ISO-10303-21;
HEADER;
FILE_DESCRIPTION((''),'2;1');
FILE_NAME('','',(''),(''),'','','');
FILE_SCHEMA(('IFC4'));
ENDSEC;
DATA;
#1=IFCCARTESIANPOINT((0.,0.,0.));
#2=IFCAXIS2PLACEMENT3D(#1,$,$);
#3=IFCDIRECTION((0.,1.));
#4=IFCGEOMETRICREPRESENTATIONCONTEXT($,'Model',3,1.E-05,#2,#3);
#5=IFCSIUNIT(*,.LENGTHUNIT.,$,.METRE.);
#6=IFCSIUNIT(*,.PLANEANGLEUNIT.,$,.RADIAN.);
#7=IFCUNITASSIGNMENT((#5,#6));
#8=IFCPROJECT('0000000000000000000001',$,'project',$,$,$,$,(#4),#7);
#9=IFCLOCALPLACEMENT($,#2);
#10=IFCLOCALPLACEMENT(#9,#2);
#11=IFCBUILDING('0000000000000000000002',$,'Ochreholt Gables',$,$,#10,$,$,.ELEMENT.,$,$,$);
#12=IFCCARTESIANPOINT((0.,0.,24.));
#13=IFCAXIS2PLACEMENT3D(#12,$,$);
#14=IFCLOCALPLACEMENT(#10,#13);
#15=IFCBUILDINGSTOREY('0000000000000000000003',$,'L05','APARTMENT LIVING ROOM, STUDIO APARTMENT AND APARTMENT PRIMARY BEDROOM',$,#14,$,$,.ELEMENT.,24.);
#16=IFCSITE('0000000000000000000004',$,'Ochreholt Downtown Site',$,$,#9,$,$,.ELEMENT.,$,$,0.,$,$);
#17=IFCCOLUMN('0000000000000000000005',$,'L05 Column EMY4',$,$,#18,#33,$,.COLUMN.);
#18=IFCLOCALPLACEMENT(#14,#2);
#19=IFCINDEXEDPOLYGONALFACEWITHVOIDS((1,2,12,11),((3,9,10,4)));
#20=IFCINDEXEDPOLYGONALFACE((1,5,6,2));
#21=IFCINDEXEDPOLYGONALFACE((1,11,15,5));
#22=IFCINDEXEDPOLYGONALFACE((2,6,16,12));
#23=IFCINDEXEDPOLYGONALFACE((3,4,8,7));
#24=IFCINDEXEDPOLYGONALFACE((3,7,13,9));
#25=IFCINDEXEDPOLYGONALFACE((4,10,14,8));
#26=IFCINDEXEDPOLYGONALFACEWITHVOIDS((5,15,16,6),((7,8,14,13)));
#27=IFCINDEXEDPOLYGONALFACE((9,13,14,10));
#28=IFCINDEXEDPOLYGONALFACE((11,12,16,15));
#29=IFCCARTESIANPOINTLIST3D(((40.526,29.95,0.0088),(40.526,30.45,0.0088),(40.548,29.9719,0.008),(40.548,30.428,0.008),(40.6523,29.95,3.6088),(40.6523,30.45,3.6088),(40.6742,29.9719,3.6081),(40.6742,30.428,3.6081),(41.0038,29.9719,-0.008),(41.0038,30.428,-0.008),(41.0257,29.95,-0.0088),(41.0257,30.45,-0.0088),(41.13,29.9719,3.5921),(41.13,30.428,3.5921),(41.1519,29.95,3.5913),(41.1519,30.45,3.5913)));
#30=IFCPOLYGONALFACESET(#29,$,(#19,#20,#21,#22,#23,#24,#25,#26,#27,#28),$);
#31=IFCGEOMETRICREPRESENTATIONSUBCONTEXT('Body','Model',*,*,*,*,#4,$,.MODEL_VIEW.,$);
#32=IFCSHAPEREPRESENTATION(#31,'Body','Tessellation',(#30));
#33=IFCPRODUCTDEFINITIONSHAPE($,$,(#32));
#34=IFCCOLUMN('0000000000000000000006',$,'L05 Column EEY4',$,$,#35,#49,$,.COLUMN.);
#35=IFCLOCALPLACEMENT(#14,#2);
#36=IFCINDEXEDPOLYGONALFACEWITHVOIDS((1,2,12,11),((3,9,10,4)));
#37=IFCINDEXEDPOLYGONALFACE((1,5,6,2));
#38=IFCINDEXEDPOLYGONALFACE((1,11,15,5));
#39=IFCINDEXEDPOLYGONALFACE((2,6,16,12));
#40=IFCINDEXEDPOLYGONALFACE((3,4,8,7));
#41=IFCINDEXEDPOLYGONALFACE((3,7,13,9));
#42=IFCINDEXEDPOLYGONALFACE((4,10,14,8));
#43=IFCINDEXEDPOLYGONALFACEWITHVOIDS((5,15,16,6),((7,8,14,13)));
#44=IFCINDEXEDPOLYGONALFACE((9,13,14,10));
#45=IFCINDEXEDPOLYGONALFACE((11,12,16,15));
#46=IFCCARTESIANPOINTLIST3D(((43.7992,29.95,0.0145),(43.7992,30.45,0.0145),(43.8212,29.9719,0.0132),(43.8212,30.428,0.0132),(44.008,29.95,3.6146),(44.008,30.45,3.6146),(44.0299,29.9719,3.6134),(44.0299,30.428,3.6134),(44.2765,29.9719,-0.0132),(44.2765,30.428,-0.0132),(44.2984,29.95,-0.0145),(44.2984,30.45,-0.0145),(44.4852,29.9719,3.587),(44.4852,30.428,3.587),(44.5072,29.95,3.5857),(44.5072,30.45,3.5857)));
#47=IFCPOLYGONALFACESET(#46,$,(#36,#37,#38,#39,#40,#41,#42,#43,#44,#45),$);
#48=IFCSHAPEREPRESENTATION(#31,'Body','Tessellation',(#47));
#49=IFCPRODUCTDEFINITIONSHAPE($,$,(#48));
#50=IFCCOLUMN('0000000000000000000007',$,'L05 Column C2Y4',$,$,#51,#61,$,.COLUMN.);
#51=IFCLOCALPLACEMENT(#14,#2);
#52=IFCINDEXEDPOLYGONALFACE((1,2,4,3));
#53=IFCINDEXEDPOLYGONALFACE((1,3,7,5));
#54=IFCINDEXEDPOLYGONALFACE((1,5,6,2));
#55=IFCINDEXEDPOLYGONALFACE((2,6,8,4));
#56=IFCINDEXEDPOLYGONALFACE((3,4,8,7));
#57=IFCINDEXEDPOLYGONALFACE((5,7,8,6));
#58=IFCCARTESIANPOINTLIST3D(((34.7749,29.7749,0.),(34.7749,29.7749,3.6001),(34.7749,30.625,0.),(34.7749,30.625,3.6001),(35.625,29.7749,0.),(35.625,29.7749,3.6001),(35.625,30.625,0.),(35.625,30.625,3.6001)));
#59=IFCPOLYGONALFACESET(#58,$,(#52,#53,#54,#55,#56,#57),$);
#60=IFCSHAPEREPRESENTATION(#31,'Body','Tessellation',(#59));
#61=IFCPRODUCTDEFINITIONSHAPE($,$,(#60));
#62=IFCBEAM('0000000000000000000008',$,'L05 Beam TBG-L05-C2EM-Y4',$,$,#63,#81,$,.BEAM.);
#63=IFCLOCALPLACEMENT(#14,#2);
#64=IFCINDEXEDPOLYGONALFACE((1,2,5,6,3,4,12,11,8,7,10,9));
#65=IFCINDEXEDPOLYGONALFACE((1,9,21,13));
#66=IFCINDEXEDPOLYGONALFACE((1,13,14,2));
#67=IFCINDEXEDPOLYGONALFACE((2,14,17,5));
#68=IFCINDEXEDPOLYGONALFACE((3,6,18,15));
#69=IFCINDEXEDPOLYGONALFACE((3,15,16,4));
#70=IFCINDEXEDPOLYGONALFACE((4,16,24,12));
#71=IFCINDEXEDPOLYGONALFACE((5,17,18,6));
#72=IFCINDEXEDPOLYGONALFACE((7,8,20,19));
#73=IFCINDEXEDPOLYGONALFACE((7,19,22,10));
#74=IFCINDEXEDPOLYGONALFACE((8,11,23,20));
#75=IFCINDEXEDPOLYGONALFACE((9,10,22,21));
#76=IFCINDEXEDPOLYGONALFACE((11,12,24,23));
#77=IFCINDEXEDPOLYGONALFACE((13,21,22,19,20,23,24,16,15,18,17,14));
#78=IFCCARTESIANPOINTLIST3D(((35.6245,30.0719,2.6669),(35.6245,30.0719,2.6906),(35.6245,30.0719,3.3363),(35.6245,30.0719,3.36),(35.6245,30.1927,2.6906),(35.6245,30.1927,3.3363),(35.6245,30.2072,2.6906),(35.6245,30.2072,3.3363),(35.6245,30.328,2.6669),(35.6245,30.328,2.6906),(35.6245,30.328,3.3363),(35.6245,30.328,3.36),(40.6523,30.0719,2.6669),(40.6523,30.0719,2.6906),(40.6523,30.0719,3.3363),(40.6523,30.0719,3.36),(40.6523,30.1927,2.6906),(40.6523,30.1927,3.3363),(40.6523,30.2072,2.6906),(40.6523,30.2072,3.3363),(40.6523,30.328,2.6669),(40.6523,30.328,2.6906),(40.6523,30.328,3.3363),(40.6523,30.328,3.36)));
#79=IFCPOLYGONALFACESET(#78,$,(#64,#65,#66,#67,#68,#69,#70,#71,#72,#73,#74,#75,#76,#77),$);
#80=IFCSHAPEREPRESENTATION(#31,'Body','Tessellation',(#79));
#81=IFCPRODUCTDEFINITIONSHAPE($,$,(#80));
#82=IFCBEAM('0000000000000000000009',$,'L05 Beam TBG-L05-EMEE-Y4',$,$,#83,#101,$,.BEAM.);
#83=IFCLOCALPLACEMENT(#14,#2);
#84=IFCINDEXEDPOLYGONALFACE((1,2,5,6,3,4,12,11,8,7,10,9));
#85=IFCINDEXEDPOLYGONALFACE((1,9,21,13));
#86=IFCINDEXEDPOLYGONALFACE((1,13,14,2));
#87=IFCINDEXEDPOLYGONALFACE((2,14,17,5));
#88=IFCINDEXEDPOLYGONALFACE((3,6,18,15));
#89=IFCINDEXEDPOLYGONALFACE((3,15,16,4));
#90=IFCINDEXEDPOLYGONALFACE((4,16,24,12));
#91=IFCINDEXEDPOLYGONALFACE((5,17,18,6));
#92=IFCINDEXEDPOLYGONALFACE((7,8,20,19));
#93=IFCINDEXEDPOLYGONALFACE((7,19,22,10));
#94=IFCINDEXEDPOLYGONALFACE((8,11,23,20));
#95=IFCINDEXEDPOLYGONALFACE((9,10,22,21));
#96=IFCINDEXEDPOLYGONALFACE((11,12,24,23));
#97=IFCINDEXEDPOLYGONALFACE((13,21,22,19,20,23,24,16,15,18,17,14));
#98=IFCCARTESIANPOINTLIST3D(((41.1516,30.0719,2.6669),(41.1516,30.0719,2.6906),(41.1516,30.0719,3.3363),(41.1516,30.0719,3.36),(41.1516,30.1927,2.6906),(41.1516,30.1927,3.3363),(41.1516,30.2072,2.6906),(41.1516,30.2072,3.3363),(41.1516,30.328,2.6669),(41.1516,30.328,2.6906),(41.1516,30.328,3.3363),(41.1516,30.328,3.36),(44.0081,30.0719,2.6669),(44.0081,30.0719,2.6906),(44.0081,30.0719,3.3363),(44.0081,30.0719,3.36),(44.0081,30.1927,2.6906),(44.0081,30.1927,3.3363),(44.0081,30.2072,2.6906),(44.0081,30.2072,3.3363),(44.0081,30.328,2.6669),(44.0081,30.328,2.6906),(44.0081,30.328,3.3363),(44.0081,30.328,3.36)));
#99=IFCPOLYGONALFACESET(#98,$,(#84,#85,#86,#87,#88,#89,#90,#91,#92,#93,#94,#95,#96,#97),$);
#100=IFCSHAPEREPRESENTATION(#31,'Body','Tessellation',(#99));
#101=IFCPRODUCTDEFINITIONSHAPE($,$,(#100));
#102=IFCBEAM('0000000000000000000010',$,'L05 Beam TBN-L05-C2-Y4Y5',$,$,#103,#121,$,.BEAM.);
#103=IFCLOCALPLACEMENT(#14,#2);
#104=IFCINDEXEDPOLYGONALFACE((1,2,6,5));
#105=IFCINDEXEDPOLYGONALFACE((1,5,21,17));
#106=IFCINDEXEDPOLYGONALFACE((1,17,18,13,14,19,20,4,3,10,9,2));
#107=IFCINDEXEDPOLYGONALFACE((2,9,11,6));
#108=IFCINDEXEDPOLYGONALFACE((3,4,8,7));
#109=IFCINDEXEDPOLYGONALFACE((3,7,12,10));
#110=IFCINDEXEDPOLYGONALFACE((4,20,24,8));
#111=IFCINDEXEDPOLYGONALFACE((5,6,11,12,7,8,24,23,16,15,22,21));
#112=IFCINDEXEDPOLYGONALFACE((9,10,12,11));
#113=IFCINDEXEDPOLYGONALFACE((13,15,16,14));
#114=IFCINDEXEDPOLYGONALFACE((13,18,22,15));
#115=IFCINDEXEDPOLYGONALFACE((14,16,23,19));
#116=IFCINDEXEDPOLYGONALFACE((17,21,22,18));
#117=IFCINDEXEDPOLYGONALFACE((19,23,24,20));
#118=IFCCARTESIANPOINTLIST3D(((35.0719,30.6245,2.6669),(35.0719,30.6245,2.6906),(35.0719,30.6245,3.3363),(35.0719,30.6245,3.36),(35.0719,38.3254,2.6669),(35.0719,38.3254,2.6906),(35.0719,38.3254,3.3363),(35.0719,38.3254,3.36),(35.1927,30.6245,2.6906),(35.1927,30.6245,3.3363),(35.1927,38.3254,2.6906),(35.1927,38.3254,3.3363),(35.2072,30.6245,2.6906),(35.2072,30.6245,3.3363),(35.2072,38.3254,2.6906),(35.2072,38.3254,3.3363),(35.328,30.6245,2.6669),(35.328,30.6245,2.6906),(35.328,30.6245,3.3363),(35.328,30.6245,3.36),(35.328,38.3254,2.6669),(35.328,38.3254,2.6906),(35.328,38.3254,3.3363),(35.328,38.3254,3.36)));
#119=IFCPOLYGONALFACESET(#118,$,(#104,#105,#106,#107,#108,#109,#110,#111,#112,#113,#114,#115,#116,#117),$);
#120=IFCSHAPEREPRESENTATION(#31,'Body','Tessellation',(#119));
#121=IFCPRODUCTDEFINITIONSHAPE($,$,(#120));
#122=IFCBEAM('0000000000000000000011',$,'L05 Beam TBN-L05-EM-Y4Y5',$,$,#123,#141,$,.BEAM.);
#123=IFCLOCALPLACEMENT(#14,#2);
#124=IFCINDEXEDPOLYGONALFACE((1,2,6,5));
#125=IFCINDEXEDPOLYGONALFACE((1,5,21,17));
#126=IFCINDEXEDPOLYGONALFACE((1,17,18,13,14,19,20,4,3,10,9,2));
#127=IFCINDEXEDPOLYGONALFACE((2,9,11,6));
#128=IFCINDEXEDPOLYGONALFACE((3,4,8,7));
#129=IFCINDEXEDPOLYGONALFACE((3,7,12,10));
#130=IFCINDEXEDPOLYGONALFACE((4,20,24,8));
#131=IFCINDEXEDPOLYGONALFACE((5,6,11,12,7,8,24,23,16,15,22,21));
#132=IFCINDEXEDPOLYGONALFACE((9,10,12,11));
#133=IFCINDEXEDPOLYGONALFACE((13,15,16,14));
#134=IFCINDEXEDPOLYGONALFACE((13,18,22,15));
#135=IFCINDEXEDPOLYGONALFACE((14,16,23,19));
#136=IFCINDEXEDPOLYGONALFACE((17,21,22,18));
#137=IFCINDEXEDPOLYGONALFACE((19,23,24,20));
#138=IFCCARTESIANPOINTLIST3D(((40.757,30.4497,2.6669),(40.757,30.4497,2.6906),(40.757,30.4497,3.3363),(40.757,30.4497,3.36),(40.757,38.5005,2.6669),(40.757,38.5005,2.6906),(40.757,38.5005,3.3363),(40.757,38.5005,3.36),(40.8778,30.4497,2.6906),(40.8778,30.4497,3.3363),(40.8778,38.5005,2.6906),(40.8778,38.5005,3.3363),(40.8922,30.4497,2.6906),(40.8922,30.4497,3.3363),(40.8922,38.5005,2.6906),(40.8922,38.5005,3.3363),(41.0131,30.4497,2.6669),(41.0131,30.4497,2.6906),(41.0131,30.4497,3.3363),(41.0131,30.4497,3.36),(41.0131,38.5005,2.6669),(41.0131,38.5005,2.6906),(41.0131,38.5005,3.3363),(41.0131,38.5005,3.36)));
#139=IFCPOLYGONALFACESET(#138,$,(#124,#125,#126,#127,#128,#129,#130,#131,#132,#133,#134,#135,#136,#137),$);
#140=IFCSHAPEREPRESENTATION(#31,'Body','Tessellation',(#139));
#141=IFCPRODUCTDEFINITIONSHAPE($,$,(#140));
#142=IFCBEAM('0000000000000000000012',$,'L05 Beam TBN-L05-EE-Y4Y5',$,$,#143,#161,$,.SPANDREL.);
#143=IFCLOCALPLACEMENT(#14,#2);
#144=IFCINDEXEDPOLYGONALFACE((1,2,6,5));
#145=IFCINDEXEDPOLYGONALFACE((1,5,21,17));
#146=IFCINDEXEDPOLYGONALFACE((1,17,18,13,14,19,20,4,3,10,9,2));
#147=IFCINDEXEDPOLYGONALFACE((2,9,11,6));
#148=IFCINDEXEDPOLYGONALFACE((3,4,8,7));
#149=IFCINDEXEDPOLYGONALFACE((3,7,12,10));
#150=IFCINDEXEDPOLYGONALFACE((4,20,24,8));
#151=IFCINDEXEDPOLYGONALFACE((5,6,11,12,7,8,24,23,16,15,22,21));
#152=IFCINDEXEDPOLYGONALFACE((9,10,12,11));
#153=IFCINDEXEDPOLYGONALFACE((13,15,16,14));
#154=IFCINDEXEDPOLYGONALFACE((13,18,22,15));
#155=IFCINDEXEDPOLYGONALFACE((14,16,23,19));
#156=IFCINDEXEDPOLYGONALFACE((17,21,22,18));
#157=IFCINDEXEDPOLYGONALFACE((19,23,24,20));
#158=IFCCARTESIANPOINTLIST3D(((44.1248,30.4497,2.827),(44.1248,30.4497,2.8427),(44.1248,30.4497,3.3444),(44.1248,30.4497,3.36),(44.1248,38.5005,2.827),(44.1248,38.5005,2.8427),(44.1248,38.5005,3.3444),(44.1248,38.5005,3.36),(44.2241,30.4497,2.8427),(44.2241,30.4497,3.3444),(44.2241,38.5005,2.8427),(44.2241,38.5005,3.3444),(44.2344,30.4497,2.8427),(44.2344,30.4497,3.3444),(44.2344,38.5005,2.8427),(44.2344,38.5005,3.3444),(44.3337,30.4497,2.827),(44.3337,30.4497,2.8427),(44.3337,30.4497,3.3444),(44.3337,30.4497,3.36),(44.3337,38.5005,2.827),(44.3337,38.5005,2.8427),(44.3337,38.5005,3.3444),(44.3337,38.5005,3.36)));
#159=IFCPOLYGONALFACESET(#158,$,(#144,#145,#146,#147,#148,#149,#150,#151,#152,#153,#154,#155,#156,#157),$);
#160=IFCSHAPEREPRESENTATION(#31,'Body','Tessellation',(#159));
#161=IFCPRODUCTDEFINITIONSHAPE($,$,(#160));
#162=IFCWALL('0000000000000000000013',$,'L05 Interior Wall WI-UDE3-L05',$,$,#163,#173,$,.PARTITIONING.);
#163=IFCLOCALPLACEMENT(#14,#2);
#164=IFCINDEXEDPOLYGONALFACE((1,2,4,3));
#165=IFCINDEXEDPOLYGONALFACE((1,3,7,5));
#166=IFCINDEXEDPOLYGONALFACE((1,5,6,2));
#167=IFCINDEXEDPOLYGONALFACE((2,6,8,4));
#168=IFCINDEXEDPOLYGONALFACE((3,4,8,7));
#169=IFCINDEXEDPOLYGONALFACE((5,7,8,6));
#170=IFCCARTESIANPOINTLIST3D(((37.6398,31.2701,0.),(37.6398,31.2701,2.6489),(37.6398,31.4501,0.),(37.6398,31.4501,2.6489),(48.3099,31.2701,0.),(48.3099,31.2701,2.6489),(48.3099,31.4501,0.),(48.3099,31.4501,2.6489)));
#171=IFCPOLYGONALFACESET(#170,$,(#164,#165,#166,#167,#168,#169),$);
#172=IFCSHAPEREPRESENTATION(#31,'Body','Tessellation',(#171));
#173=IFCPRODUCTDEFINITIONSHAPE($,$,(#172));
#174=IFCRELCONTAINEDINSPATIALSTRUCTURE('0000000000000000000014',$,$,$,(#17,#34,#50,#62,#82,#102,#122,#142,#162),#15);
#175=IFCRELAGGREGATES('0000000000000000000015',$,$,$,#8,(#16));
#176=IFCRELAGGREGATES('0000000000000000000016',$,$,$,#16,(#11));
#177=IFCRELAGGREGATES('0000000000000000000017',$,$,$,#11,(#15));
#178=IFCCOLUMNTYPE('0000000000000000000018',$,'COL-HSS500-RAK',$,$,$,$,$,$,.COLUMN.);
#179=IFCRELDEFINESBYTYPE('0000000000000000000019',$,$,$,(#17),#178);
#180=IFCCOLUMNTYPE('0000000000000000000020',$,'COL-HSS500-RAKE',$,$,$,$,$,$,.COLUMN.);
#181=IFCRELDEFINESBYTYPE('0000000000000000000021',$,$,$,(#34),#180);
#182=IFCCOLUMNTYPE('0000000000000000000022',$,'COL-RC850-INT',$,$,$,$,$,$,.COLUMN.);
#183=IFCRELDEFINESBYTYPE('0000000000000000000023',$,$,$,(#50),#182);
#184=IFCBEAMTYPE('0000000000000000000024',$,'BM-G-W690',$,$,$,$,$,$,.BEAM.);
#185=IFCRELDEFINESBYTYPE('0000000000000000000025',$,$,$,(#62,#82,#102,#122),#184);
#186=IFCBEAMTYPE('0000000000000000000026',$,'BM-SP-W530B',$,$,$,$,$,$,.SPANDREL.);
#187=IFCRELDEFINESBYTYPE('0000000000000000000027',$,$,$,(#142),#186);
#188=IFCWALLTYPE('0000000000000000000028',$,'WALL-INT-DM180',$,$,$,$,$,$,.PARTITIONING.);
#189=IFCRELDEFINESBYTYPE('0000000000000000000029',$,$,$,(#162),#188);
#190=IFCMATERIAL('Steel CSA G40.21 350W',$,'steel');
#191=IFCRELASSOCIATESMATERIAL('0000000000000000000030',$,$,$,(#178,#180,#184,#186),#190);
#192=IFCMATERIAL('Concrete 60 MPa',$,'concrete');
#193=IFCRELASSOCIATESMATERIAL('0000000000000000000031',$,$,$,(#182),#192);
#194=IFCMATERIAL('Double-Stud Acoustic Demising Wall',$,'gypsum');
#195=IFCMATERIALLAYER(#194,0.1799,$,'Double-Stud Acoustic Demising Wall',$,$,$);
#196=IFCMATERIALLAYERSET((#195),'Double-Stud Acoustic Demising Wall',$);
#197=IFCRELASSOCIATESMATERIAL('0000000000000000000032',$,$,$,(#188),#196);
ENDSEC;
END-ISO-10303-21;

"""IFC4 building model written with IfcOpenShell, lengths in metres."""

from ifc_helpers import new_model, si_unit, direction, frame, frame_2d, origin, origin_2d, place, context, subcontext, project, spatial, rectangle, hollow_rectangle, i_section, extrude, material, layer, layer_set, material_profile, profile_set, type_object, element, save


model = new_model("IFC4")

# Units and contexts
model_context = context("Model", 3, precision=1e-05, world=origin(), true_north=direction((0.0, 1.0)))
body_context = subcontext(model_context, "Body", "Model", "MODEL_VIEW")
ifc_project = project(units=[si_unit("LENGTHUNIT", "METRE"), si_unit("PLANEANGLEUNIT", "RADIAN")], contexts=[model_context])

# Site, building, storey
site_placement = place(None, origin())
site = spatial("IfcSite", under=ifc_project, at=site_placement, Name="Ochreholt Downtown Site", CompositionType="ELEMENT", RefElevation=0.0)
building_placement = place(site_placement, origin())
building = spatial("IfcBuilding", under=site, at=building_placement, Name="Ochreholt Gables", CompositionType="ELEMENT")
storey_placement = place(building_placement, frame((0.0, 0.0, 24.0)))
storey = spatial("IfcBuildingStorey", under=building, at=storey_placement, Name="L05", Description="APARTMENT LIVING ROOM, STUDIO APARTMENT AND APARTMENT PRIMARY BEDROOM", CompositionType="ELEMENT", Elevation=24.0)

# Columns
ifc_material_1 = material(Name="Steel CSA G40.21 350W", Category="steel")
ifc_material_profile_1 = material_profile(ifc_material_1, hollow_rectangle(XDim=0.5, YDim=0.5, WallThickness=0.022, at=origin_2d()), Name="HSS500X500X22")
ifc_profile_set_1 = profile_set([ifc_material_profile_1], Name="Steel CSA G40.21 350W")
column_type_1 = type_object("IfcColumnType", Name="COL-HSS500-RAK", PredefinedType="COLUMN", material=ifc_profile_set_1)
column_1_placement = place(storey_placement, frame((40.7759, 30.2, 0.0), z_axis=(0.035039, 0.0, 0.999386), x_axis=(0.0, 1.0, 0.0)))
element("IfcColumn", 1, at=column_1_placement, inside=storey, type_object=column_type_1, Name="L05 Column EMY4", PredefinedType="COLUMN", context=body_context, shape_type="SweptSolid", body=[
    extrude(hollow_rectangle(XDim=0.5, YDim=0.5, WallThickness=0.022, at=origin_2d()), origin(), (0.0, 0.0, 1.0), 3.6023),
])
ifc_material_profile_2 = material_profile(ifc_material_1, hollow_rectangle(XDim=0.5, YDim=0.5, WallThickness=0.022, at=origin_2d()), Name="HSS500X500X22")
ifc_profile_set_2 = profile_set([ifc_material_profile_2], Name="Steel CSA G40.21 350W")
column_type_2 = type_object("IfcColumnType", Name="COL-HSS500-RAKE", PredefinedType="COLUMN", material=ifc_profile_set_2)
column_2_placement = place(storey_placement, frame((44.0488, 30.2, 0.0), z_axis=(0.057885, 0.0, 0.998323), x_axis=(0.0, 1.0, 0.0)))
element("IfcColumn", 2, at=column_2_placement, inside=storey, type_object=column_type_2, Name="L05 Column EEY4", PredefinedType="COLUMN", context=body_context, shape_type="SweptSolid", body=[
    extrude(hollow_rectangle(XDim=0.5, YDim=0.5, WallThickness=0.022, at=origin_2d()), origin(), (0.0, 0.0, 1.0), 3.6062),
])
ifc_material_2 = material(Name="Concrete 60 MPa", Category="concrete")
ifc_material_profile_3 = material_profile(ifc_material_2, rectangle(XDim=0.8501, YDim=0.8501, at=origin_2d()), Name="RC850X850")
ifc_profile_set_3 = profile_set([ifc_material_profile_3], Name="Concrete 60 MPa")
column_type_3 = type_object("IfcColumnType", Name="COL-RC850-INT", PredefinedType="COLUMN", material=ifc_profile_set_3)
column_3_placement = place(storey_placement, frame((35.2, 30.2, 0.0), z_axis=(0.0, 0.0, 1.0), x_axis=(1.0, 0.0, 0.0)))
element("IfcColumn", 3, at=column_3_placement, inside=storey, type_object=column_type_3, Name="L05 Column C2Y4", PredefinedType="COLUMN", context=body_context, shape_type="SweptSolid", body=[
    extrude(rectangle(XDim=0.8501, YDim=0.8501, at=origin_2d()), origin(), (0.0, 0.0, 1.0), 3.6001),
])

# Beams
ifc_material_profile_4 = material_profile(ifc_material_1, i_section(OverallWidth=0.2561, OverallDepth=0.6931, WebThickness=0.0144, FlangeThickness=0.0237, at=origin_2d()), Name="W690X170")
ifc_profile_set_4 = profile_set([ifc_material_profile_4], Name="Steel CSA G40.21 350W")
beam_type_1 = type_object("IfcBeamType", Name="BM-G-W690", PredefinedType="BEAM", material=ifc_profile_set_4)
beam_1_placement = place(storey_placement, frame((35.6245, 30.2, 3.0134), z_axis=(1.0, 0.0, 0.0), x_axis=(0.0, 1.0, 0.0)))
element("IfcBeam", 4, at=beam_1_placement, inside=storey, type_object=beam_type_1, Name="L05 Beam TBG-L05-C2EM-Y4", PredefinedType="BEAM", context=body_context, shape_type="SweptSolid", body=[
    extrude(i_section(OverallWidth=0.2561, OverallDepth=0.6931, WebThickness=0.0144, FlangeThickness=0.0237, at=origin_2d()), origin(), (0.0, 0.0, 1.0), 5.0278),
])
beam_2_placement = place(storey_placement, frame((41.1516, 30.2, 3.0134), z_axis=(1.0, 0.0, 0.0), x_axis=(0.0, 1.0, 0.0)))
element("IfcBeam", 5, at=beam_2_placement, inside=storey, type_object=beam_type_1, Name="L05 Beam TBG-L05-EMEE-Y4", PredefinedType="BEAM", context=body_context, shape_type="SweptSolid", body=[
    extrude(i_section(OverallWidth=0.2561, OverallDepth=0.6931, WebThickness=0.0144, FlangeThickness=0.0237, at=origin_2d()), origin(), (0.0, 0.0, 1.0), 2.8564),
])
beam_3_placement = place(storey_placement, frame((35.2, 30.6245, 3.0134), z_axis=(0.0, 1.0, 0.0), x_axis=(-1.0, 0.0, 0.0)))
element("IfcBeam", 6, at=beam_3_placement, inside=storey, type_object=beam_type_1, Name="L05 Beam TBN-L05-C2-Y4Y5", PredefinedType="BEAM", context=body_context, shape_type="SweptSolid", body=[
    extrude(i_section(OverallWidth=0.2561, OverallDepth=0.6931, WebThickness=0.0144, FlangeThickness=0.0237, at=origin_2d()), origin(), (0.0, 0.0, 1.0), 7.7009),
])
beam_4_placement = place(storey_placement, frame((40.885, 30.4497, 3.0134), z_axis=(0.0, 1.0, 0.0), x_axis=(-1.0, 0.0, 0.0)))
element("IfcBeam", 7, at=beam_4_placement, inside=storey, type_object=beam_type_1, Name="L05 Beam TBN-L05-EM-Y4Y5", PredefinedType="BEAM", context=body_context, shape_type="SweptSolid", body=[
    extrude(i_section(OverallWidth=0.2561, OverallDepth=0.6931, WebThickness=0.0144, FlangeThickness=0.0237, at=origin_2d()), origin(), (0.0, 0.0, 1.0), 8.0508),
])
ifc_material_profile_5 = material_profile(ifc_material_1, i_section(OverallWidth=0.209, OverallDepth=0.533, WebThickness=0.0103, FlangeThickness=0.0156, at=origin_2d()), Name="W530X92")
ifc_profile_set_5 = profile_set([ifc_material_profile_5], Name="Steel CSA G40.21 350W")
beam_type_2 = type_object("IfcBeamType", Name="BM-SP-W530B", PredefinedType="SPANDREL", material=ifc_profile_set_5)
beam_5_placement = place(storey_placement, frame((44.2292, 30.4497, 3.0935), z_axis=(0.0, 1.0, 0.0), x_axis=(-1.0, 0.0, 0.0)))
element("IfcBeam", 8, at=beam_5_placement, inside=storey, type_object=beam_type_2, Name="L05 Beam TBN-L05-EE-Y4Y5", PredefinedType="SPANDREL", context=body_context, shape_type="SweptSolid", body=[
    extrude(i_section(OverallWidth=0.209, OverallDepth=0.533, WebThickness=0.0103, FlangeThickness=0.0156, at=origin_2d()), origin(), (0.0, 0.0, 1.0), 8.0508),
])

# Wall
ifc_material_3 = material(Name="Double-Stud Acoustic Demising Wall", Category="gypsum")
ifc_layer_1 = layer(ifc_material_3, 0.1799, Name="Double-Stud Acoustic Demising Wall")
ifc_layer_set_1 = layer_set([ifc_layer_1], Name="Double-Stud Acoustic Demising Wall")
wall_type_1 = type_object("IfcWallType", Name="WALL-INT-DM180", PredefinedType="PARTITIONING", material=ifc_layer_set_1)
wall_1_placement = place(storey_placement, frame((37.6399, 31.3601, 0.0), z_axis=(0.0, 0.0, 1.0), x_axis=(1.0, 0.0, 0.0)))
element("IfcWall", 9, at=wall_1_placement, inside=storey, type_object=wall_type_1, Name="L05 Interior Wall WI-UDE3-L05", PredefinedType="PARTITIONING", context=body_context, shape_type="SweptSolid", body=[
    extrude(rectangle(XDim=10.6702, YDim=0.1799, at=frame_2d((5.335, 0.0))), origin(), (0.0, 0.0, 1.0), 2.6489),
])

save(model, "model.ifc")
